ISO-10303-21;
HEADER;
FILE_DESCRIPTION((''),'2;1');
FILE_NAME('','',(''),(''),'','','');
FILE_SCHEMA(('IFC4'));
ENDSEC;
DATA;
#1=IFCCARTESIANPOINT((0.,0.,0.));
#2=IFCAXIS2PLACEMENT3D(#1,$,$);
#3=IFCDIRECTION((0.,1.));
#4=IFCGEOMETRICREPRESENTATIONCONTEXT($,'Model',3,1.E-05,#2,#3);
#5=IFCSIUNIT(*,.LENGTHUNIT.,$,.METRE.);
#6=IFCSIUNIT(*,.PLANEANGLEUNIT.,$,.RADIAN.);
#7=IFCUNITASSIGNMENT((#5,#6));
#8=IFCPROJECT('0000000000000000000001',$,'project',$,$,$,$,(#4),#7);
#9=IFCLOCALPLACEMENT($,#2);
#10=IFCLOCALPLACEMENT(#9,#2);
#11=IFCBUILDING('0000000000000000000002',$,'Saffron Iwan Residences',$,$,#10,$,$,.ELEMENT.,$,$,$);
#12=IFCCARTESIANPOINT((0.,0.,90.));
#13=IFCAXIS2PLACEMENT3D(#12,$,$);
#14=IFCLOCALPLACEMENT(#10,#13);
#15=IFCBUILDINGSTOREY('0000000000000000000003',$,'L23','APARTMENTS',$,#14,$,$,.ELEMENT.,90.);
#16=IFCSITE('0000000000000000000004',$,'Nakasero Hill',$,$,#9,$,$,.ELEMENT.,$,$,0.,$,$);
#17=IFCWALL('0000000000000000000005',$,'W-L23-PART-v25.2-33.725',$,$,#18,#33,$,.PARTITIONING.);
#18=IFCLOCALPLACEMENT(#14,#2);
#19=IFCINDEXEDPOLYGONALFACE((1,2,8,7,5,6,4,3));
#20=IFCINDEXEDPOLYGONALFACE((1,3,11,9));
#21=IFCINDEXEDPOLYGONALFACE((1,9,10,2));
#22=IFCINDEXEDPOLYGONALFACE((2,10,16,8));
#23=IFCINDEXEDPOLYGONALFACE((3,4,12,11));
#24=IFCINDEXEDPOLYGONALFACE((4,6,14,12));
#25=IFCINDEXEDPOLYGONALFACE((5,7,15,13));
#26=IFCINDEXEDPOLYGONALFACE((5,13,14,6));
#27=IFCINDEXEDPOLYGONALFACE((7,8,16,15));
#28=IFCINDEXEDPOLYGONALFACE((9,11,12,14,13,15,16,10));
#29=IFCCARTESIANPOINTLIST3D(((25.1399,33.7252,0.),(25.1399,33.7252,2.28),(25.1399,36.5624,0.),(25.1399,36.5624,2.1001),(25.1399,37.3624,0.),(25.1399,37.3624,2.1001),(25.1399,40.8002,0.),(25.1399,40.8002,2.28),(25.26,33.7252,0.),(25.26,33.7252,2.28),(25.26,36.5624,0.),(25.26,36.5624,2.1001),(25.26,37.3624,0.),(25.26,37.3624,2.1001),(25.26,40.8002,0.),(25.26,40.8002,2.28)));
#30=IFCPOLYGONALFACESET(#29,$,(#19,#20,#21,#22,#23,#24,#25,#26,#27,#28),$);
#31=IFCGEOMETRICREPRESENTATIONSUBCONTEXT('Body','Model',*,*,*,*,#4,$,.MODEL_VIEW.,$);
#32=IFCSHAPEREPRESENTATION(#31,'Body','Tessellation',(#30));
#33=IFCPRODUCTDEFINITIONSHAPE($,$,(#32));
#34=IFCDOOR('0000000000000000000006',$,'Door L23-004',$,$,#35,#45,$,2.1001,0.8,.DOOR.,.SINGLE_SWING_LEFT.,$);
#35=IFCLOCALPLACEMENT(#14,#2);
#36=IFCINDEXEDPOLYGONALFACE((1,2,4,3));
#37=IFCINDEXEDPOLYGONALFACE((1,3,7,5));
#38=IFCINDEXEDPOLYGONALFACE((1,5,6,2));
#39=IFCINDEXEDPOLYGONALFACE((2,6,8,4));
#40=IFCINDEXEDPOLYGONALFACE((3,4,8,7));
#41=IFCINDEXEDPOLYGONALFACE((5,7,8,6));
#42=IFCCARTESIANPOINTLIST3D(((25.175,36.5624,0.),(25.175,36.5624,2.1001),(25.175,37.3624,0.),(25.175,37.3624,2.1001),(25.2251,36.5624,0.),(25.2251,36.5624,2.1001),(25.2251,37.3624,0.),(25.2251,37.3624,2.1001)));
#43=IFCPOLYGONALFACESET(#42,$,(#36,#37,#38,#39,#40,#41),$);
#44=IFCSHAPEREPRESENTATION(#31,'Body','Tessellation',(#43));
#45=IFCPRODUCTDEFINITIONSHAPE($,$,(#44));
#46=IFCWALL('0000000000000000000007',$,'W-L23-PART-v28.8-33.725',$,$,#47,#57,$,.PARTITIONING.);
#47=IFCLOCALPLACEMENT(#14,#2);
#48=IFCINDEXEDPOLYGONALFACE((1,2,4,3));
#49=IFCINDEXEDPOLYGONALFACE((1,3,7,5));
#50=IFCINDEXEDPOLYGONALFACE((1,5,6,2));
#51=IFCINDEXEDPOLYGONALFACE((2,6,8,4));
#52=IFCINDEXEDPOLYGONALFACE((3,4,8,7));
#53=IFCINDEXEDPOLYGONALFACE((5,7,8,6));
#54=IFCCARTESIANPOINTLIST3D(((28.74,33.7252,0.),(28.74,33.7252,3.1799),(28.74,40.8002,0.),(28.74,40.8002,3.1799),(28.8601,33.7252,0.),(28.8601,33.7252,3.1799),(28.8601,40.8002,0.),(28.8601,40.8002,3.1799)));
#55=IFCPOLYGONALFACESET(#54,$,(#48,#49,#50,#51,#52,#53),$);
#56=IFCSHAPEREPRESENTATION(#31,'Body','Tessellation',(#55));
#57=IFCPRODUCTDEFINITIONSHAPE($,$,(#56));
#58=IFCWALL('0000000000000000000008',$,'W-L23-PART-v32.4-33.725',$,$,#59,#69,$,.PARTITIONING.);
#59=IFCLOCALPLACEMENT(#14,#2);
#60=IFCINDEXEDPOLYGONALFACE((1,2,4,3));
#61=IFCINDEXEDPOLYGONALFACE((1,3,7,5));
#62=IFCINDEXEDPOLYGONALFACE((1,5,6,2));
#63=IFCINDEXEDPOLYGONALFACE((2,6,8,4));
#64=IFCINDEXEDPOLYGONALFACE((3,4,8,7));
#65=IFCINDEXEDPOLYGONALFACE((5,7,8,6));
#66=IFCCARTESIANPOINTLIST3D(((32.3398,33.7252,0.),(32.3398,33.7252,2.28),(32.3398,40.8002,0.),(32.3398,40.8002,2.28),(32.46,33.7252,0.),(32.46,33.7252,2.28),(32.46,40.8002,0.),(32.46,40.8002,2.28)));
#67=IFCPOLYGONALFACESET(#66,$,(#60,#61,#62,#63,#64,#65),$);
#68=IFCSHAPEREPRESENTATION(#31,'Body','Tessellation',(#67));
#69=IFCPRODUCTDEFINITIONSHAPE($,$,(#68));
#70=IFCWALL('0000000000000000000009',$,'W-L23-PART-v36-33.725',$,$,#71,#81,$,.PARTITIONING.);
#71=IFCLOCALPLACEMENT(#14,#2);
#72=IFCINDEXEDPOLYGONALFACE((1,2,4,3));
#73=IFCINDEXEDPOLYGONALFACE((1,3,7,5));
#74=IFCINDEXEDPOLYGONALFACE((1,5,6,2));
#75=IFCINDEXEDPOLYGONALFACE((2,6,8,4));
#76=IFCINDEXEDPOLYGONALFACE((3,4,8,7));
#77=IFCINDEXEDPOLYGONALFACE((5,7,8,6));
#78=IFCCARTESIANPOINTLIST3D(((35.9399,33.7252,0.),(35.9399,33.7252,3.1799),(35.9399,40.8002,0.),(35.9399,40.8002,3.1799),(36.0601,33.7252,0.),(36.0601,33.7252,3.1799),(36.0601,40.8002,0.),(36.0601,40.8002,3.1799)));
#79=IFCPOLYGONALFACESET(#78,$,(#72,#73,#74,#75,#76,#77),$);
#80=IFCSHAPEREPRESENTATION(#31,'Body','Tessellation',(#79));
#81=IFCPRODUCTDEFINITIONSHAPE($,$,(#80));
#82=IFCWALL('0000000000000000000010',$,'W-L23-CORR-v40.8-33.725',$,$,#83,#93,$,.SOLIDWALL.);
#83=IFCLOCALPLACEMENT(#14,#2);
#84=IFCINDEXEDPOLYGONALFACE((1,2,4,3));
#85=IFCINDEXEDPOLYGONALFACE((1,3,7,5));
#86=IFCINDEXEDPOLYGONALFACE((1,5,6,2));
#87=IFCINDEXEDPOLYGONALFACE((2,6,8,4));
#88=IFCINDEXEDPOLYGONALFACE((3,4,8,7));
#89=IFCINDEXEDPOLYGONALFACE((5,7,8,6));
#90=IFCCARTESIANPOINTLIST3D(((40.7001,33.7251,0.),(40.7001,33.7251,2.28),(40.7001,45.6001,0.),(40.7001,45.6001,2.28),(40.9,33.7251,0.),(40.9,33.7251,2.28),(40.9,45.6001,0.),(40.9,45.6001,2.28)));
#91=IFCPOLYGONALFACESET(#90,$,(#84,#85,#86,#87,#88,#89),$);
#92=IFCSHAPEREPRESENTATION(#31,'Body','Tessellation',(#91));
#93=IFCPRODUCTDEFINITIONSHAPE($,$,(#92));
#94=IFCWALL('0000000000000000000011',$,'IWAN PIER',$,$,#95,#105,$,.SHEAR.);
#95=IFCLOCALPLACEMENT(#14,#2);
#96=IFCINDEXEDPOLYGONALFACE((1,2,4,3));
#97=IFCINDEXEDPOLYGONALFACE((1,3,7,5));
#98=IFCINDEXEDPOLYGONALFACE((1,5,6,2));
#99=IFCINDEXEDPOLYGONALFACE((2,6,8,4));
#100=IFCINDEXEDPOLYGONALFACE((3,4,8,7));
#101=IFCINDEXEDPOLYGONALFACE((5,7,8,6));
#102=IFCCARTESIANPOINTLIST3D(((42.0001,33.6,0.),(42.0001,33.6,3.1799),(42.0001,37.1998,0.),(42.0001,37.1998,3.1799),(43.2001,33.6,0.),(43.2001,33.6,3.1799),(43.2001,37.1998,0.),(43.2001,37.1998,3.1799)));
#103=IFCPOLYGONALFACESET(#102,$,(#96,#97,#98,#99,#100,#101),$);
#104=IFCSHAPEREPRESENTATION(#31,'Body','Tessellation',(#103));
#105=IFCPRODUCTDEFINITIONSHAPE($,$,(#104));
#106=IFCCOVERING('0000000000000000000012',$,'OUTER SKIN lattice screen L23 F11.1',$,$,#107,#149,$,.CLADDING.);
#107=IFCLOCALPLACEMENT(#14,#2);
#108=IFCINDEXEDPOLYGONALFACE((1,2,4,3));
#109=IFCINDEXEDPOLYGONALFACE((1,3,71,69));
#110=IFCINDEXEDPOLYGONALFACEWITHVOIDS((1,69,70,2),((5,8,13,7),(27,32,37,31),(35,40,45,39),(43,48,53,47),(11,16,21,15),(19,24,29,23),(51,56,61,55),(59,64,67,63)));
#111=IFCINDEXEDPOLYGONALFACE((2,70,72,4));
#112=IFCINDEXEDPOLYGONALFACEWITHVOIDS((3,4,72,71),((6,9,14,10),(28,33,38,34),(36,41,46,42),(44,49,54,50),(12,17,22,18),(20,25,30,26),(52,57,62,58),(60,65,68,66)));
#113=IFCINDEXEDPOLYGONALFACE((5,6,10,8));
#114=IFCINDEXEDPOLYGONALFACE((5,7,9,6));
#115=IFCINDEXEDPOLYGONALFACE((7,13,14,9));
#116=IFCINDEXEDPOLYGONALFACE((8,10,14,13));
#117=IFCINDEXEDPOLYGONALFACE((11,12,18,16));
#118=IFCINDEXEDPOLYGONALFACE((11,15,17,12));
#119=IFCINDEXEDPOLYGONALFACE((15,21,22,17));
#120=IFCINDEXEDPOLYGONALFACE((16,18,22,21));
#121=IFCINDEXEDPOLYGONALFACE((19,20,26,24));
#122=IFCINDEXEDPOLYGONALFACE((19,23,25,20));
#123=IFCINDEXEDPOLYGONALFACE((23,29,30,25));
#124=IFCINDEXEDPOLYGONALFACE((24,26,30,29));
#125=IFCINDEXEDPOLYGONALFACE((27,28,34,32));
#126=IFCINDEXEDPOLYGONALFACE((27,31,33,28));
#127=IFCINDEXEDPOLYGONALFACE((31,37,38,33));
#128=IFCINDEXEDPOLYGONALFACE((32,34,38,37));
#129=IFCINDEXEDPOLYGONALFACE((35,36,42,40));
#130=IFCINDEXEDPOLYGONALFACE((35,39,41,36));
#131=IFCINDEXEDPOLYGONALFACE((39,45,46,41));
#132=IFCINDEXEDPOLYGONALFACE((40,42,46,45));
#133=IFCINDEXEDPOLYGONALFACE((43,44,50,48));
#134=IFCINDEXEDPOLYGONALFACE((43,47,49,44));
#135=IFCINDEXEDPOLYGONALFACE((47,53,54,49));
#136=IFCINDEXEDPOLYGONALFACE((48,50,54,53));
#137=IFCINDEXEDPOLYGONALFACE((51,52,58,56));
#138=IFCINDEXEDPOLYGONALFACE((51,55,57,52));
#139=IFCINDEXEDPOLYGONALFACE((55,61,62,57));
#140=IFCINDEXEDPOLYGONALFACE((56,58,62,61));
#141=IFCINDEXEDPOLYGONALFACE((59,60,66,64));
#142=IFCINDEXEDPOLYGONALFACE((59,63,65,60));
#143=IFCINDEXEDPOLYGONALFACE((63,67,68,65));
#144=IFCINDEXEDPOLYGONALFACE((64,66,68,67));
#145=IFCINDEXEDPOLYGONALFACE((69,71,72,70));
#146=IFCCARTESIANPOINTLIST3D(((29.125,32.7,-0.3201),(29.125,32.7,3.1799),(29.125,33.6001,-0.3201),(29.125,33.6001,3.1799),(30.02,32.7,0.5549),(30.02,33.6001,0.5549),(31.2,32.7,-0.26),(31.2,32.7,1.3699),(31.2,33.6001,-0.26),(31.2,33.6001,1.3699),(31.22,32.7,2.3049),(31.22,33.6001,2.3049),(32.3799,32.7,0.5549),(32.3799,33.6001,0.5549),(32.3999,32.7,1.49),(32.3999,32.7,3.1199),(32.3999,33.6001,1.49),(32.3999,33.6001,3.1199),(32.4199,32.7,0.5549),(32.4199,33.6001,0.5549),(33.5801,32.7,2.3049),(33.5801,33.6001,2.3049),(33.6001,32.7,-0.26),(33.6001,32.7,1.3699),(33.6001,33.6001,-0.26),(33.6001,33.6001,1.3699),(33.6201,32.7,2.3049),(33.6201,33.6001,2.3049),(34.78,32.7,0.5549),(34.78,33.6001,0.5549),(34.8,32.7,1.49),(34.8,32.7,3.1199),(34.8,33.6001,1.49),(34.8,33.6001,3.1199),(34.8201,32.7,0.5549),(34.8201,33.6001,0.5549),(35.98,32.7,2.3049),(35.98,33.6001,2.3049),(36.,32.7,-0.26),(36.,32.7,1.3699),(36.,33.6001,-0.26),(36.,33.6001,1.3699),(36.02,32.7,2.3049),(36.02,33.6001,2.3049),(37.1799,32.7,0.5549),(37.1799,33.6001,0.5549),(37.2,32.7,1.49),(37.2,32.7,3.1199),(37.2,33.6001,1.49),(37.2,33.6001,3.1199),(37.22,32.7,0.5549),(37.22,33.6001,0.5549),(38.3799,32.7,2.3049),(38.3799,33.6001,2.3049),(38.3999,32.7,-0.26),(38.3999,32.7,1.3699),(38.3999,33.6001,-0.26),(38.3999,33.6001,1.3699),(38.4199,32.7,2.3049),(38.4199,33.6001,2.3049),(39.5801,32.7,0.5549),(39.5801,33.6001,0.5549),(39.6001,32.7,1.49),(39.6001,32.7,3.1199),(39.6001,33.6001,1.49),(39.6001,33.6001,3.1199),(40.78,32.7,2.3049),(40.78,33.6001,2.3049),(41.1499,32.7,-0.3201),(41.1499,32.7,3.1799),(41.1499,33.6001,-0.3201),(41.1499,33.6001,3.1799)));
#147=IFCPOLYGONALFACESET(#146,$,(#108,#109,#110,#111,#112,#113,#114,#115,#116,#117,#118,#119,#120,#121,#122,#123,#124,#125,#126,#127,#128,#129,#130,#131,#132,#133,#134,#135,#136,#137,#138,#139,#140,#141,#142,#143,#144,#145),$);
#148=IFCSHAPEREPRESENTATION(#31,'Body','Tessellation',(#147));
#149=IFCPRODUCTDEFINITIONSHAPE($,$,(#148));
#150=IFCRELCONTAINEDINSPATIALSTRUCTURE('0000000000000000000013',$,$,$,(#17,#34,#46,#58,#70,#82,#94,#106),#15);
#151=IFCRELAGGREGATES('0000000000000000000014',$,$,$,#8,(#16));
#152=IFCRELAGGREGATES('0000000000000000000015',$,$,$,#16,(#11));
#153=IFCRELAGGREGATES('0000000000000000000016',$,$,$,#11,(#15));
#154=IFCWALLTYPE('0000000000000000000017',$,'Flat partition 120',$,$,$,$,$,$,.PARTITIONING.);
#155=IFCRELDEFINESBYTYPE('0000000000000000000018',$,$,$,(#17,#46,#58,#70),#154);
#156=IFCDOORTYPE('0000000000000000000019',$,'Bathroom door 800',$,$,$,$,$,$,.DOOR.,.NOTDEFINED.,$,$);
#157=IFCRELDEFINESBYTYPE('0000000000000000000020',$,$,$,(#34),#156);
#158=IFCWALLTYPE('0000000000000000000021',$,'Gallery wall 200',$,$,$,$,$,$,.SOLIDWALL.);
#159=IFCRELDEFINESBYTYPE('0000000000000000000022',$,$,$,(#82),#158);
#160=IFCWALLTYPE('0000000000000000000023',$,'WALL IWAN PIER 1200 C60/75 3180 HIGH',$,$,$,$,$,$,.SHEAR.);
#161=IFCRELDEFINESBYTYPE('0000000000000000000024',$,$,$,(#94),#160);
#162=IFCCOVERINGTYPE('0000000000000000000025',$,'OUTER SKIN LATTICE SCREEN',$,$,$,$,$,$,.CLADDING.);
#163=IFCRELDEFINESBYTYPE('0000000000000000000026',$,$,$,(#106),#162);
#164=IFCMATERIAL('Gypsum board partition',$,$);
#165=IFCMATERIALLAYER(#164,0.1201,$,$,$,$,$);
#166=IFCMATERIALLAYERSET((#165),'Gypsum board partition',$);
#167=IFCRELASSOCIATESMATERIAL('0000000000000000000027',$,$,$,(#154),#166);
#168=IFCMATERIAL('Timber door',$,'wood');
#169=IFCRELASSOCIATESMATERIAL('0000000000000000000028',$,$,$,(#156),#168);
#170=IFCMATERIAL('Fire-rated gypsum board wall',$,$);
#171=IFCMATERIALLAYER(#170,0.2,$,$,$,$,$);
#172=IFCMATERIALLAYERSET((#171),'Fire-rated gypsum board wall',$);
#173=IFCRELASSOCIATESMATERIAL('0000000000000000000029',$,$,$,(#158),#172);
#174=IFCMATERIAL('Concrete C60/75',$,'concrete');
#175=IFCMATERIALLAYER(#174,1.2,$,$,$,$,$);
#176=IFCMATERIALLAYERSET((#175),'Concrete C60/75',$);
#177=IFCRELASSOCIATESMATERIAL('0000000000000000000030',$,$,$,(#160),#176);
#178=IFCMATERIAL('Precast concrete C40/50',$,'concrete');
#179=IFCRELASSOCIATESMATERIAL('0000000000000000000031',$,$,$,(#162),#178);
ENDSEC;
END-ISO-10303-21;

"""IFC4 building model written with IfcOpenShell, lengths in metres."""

from ifc_helpers import new_model, si_unit, direction, frame, frame_2d, origin, place, context, subcontext, project, spatial, polyline, rectangle, outline, extrude, material, layer, layer_set, type_object, element, fill, save


model = new_model("IFC4")

# Units and contexts
model_context = context("Model", 3, precision=1e-05, world=origin(), true_north=direction((0.0, 1.0)))
body_context = subcontext(model_context, "Body", "Model", "MODEL_VIEW")
ifc_project = project(units=[si_unit("LENGTHUNIT", "METRE"), si_unit("PLANEANGLEUNIT", "RADIAN")], contexts=[model_context])

# Site, building, storey
site_placement = place(None, origin())
site = spatial("IfcSite", under=ifc_project, at=site_placement, Name="Nakasero Hill", CompositionType="ELEMENT", RefElevation=0.0)
building_placement = place(site_placement, origin())
building = spatial("IfcBuilding", under=site, at=building_placement, Name="Saffron Iwan Residences", CompositionType="ELEMENT")
storey_placement = place(building_placement, frame((0.0, 0.0, 90.0)))
storey = spatial("IfcBuildingStorey", under=building, at=storey_placement, Name="L23", Description="APARTMENTS", CompositionType="ELEMENT", Elevation=90.0)

# Shared definitions
ifc_material_1 = material(Name="Gypsum board partition")
ifc_layer_1 = layer(ifc_material_1, 0.1201)
ifc_layer_set_1 = layer_set([ifc_layer_1], Name="Gypsum board partition")
wall_type_1 = type_object("IfcWallType", Name="Flat partition 120", PredefinedType="PARTITIONING", material=ifc_layer_set_1)
ifc_material_2 = material(Name="Timber door", Category="wood")

# Wall, opening, door
wall_1_placement = place(storey_placement, frame((25.2, 33.7251, 0.0), z_axis=(0.0, 0.0, 1.0), x_axis=(0.0, 1.0, 0.0)))
wall_1 = element("IfcWall", 1, at=wall_1_placement, inside=storey, type_object=wall_type_1, Name="W-L23-PART-v25.2-33.725", PredefinedType="PARTITIONING", context=body_context, shape_type="SweptSolid", body=[
    extrude(rectangle(XDim=7.075, YDim=0.1201, at=frame_2d((3.5376, 0.0))), origin(), (0.0, 0.0, 1.0), 2.28),
])
opening_1_placement = place(wall_1_placement, frame((2.8374, 0.0, 0.0)))
opening_1 = element("IfcOpeningElement", 2, at=opening_1_placement, cuts=wall_1, PredefinedType="OPENING", context=body_context, shape_type="SweptSolid", body=[
    extrude(rectangle(XDim=0.8, YDim=2.1001, at=frame_2d((0.3999, 1.05))), frame((0.0, 0.0701, 0.0), z_axis=(0.0, -1.0, 0.0), x_axis=(1.0, 0.0, 0.0)), (0.0, 0.0, 1.0), 0.1401),
])
door_type_1 = type_object("IfcDoorType", Name="Bathroom door 800", OperationType="NOTDEFINED", PredefinedType="DOOR", material=ifc_material_2)
door_1_placement = place(opening_1_placement, origin())
door_1 = element("IfcDoor", 3, at=door_1_placement, inside=storey, type_object=door_type_1, Name="Door L23-004", OperationType="SINGLE_SWING_LEFT", OverallHeight=2.1001, OverallWidth=0.8, PredefinedType="DOOR", context=body_context, shape_type="SweptSolid", body=[
    extrude(rectangle(XDim=0.8, YDim=2.1001, at=frame_2d((0.3999, 1.05))), frame((0.0, 0.0249, 0.0), z_axis=(0.0, -1.0, 0.0), x_axis=(1.0, 0.0, 0.0)), (0.0, 0.0, 1.0), 0.05),
])
fill(opening_1, door_1)

# Walls
wall_2_placement = place(storey_placement, frame((28.8, 33.7251, 0.0), z_axis=(0.0, 0.0, 1.0), x_axis=(0.0, 1.0, 0.0)))
element("IfcWall", 4, at=wall_2_placement, inside=storey, type_object=wall_type_1, Name="W-L23-PART-v28.8-33.725", PredefinedType="PARTITIONING", context=body_context, shape_type="SweptSolid", body=[
    extrude(rectangle(XDim=7.075, YDim=0.1201, at=frame_2d((3.5376, 0.0))), origin(), (0.0, 0.0, 1.0), 3.1799),
])
wall_3_placement = place(storey_placement, frame((32.3999, 33.7251, 0.0), z_axis=(0.0, 0.0, 1.0), x_axis=(0.0, 1.0, 0.0)))
element("IfcWall", 5, at=wall_3_placement, inside=storey, type_object=wall_type_1, Name="W-L23-PART-v32.4-33.725", PredefinedType="PARTITIONING", context=body_context, shape_type="SweptSolid", body=[
    extrude(rectangle(XDim=7.075, YDim=0.1201, at=frame_2d((3.5376, 0.0))), origin(), (0.0, 0.0, 1.0), 2.28),
])
wall_4_placement = place(storey_placement, frame((36.0, 33.7251, 0.0), z_axis=(0.0, 0.0, 1.0), x_axis=(0.0, 1.0, 0.0)))
element("IfcWall", 6, at=wall_4_placement, inside=storey, type_object=wall_type_1, Name="W-L23-PART-v36-33.725", PredefinedType="PARTITIONING", context=body_context, shape_type="SweptSolid", body=[
    extrude(rectangle(XDim=7.075, YDim=0.1201, at=frame_2d((3.5376, 0.0))), origin(), (0.0, 0.0, 1.0), 3.1799),
])
ifc_material_3 = material(Name="Fire-rated gypsum board wall")
ifc_layer_2 = layer(ifc_material_3, 0.2)
ifc_layer_set_2 = layer_set([ifc_layer_2], Name="Fire-rated gypsum board wall")
wall_type_2 = type_object("IfcWallType", Name="Gallery wall 200", PredefinedType="SOLIDWALL", material=ifc_layer_set_2)
wall_5_placement = place(storey_placement, frame((40.8, 33.7251, 0.0), z_axis=(0.0, 0.0, 1.0), x_axis=(0.0, 1.0, 0.0)))
element("IfcWall", 7, at=wall_5_placement, inside=storey, type_object=wall_type_2, Name="W-L23-CORR-v40.8-33.725", PredefinedType="SOLIDWALL", context=body_context, shape_type="SweptSolid", body=[
    extrude(rectangle(XDim=11.875, YDim=0.2, at=frame_2d((5.9375, 0.0))), origin(), (0.0, 0.0, 1.0), 2.28),
])
ifc_material_4 = material(Name="Concrete C60/75", Category="concrete")
ifc_layer_3 = layer(ifc_material_4, 1.2)
ifc_layer_set_3 = layer_set([ifc_layer_3], Name="Concrete C60/75")
wall_type_3 = type_object("IfcWallType", Name="WALL IWAN PIER 1200 C60/75 3180 HIGH", PredefinedType="SHEAR", material=ifc_layer_set_3)
wall_6_placement = place(storey_placement, frame((42.6001, 33.6001, 0.0), z_axis=(0.0, 0.0, 1.0), x_axis=(0.0, 1.0, 0.0)))
element("IfcWall", 8, at=wall_6_placement, inside=storey, type_object=wall_type_3, Name="IWAN PIER", PredefinedType="SHEAR", context=body_context, shape_type="SweptSolid", body=[
    extrude(rectangle(XDim=3.5999, YDim=1.2, at=frame_2d((1.7998, 0.0))), origin(), (0.0, 0.0, 1.0), 3.1799),
])

# Covering
ifc_material_5 = material(Name="Precast concrete C40/50", Category="concrete")
covering_type = type_object("IfcCoveringType", Name="OUTER SKIN LATTICE SCREEN", PredefinedType="CLADDING", material=ifc_material_5)
covering_placement = place(storey_placement, frame((29.125, 33.6001, -0.3201), z_axis=(0.0, -1.0, 0.0), x_axis=(1.0, 0.0, 0.0)))
element("IfcCovering", 9, at=covering_placement, inside=storey, type_object=covering_type, Name="OUTER SKIN lattice screen L23 F11.1", PredefinedType="CLADDING", context=body_context, shape_type="SweptSolid", body=[
    extrude(outline(polyline([(0.0, 0.0), (12.0249, 0.0), (12.0249, 3.5), (0.0, 3.5), (0.0, 0.0)]), holes=[polyline([(0.895, 0.875), (2.075, 0.0601), (3.2549, 0.875), (2.075, 1.6899), (0.895, 0.875)]), polyline([(3.2949, 0.875), (4.4751, 0.0601), (5.655, 0.875), (4.4751, 1.6899), (3.2949, 0.875)]), polyline([(5.6951, 0.875), (6.875, 0.0601), (8.0549, 0.875), (6.875, 1.6899), (5.6951, 0.875)]), polyline([(8.095, 0.875), (9.2749, 0.0601), (10.4551, 0.875), (9.2749, 1.6899), (8.095, 0.875)]), polyline([(2.095, 2.625), (3.2749, 1.8101), (4.4551, 2.625), (3.2749, 3.4399), (2.095, 2.625)]), polyline([(4.4951, 2.625), (5.675, 1.8101), (6.855, 2.625), (5.675, 3.4399), (4.4951, 2.625)]), polyline([(6.895, 2.625), (8.075, 1.8101), (9.2549, 2.625), (8.075, 3.4399), (6.895, 2.625)]), polyline([(9.2949, 2.625), (10.4751, 1.8101), (11.655, 2.625), (10.4751, 3.4399), (9.2949, 2.625)])]), origin(), (0.0, 0.0, 1.0), 0.9001),
])

save(model, "model.ifc")
